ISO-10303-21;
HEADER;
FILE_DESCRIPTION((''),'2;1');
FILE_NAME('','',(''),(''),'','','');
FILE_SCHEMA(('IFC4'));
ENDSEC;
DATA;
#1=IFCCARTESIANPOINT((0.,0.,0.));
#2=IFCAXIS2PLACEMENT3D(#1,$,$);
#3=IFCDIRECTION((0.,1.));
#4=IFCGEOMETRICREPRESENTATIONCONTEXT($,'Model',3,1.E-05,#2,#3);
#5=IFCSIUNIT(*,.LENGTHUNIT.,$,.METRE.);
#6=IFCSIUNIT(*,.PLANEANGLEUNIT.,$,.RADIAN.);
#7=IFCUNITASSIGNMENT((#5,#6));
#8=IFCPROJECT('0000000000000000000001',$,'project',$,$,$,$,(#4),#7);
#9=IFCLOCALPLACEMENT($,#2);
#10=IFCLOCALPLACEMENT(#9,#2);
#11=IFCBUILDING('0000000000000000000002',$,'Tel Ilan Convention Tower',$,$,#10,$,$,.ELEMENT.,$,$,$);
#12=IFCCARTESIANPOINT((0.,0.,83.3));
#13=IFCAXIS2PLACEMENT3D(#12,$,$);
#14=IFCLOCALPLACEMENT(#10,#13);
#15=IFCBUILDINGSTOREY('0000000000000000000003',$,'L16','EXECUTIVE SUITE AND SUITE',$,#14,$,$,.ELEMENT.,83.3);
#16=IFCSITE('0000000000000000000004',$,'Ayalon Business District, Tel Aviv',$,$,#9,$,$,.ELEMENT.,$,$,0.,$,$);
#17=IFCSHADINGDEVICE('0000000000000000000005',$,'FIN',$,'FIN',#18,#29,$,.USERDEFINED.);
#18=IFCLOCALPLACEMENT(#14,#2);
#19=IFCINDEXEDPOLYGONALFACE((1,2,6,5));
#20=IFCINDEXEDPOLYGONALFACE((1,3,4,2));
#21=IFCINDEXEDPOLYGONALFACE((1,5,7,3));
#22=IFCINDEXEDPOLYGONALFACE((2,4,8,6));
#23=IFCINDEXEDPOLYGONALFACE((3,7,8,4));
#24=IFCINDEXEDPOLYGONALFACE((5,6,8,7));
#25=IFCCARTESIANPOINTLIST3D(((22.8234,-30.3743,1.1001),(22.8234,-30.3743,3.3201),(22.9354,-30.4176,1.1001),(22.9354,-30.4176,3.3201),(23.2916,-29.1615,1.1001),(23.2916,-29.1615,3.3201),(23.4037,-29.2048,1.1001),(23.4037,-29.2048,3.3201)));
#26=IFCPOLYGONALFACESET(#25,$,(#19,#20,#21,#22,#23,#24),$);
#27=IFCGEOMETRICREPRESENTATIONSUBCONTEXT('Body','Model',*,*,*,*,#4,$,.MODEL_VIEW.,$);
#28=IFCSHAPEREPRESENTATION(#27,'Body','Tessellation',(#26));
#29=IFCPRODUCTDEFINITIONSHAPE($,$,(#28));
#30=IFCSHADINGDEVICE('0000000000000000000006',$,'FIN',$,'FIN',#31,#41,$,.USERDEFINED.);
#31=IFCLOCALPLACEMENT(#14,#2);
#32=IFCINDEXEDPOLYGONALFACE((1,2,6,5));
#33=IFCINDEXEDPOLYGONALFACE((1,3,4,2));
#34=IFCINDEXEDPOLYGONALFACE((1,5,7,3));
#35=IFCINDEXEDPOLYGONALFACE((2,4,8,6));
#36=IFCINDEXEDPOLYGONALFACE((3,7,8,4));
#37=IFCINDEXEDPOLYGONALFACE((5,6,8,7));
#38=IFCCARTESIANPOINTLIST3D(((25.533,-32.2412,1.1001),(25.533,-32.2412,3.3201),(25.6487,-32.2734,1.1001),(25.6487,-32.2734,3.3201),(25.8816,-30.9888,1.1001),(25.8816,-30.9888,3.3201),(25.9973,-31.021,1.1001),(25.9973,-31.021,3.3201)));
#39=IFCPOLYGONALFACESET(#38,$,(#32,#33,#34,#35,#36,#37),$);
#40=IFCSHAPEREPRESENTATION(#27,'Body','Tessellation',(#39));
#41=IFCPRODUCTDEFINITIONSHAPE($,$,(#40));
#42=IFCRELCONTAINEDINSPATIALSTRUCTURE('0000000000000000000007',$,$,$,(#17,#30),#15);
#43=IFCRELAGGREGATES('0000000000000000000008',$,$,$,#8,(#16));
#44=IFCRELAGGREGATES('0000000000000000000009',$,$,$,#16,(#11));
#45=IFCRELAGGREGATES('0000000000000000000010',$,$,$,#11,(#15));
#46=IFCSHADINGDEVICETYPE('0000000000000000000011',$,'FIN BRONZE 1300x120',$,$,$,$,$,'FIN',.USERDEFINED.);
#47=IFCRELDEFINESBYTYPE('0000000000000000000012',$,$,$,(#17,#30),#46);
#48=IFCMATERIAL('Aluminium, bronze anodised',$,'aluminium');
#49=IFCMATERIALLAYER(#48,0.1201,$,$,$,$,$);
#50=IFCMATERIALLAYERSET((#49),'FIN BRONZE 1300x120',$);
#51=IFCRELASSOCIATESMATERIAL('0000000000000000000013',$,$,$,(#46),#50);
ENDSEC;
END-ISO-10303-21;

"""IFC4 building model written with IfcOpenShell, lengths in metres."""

from ifc_helpers import new_model, si_unit, direction, frame, origin, origin_2d, place, context, subcontext, project, spatial, rectangle, extrude, material, layer, layer_set, type_object, element, save


model = new_model("IFC4")

# Units and contexts
model_context = context("Model", 3, precision=1e-05, world=origin(), true_north=direction((0.0, 1.0)))
body_context = subcontext(model_context, "Body", "Model", "MODEL_VIEW")
ifc_project = project(units=[si_unit("LENGTHUNIT", "METRE"), si_unit("PLANEANGLEUNIT", "RADIAN")], contexts=[model_context])

# Site, building, storey
site_placement = place(None, origin())
site = spatial("IfcSite", under=ifc_project, at=site_placement, Name="Ayalon Business District, Tel Aviv", CompositionType="ELEMENT", RefElevation=0.0)
building_placement = place(site_placement, origin())
building = spatial("IfcBuilding", under=site, at=building_placement, Name="Tel Ilan Convention Tower", CompositionType="ELEMENT")
storey_placement = place(building_placement, frame((0.0, 0.0, 83.3)))
storey = spatial("IfcBuildingStorey", under=building, at=storey_placement, Name="L16", Description="EXECUTIVE SUITE AND SUITE", CompositionType="ELEMENT", Elevation=83.3)

# Shading devices
ifc_material_1 = material(Name="Aluminium, bronze anodised", Category="aluminium")
ifc_layer_1 = layer(ifc_material_1, 0.1201)
ifc_layer_set_1 = layer_set([ifc_layer_1], Name="FIN BRONZE 1300x120")
shading_device_type = type_object("IfcShadingDeviceType", Name="FIN BRONZE 1300x120", ElementType="FIN", PredefinedType="USERDEFINED", material=ifc_layer_set_1)
for number, where, z_axis, x_axis, name in (
    (1, (23.1135, -29.7896, 1.1001), (0.0, 0.0, 1.0), (-0.360178, -0.932884, 0.0), "FIN"),
    (2, (25.7651, -31.6311, 1.1001), (0.0, 0.0, 1.0), (-0.268173, -0.963371, 0.0), "FIN"),
):
    element("IfcShadingDevice", number, at=place(storey_placement, frame(where, z_axis=z_axis, x_axis=x_axis)), inside=storey, type_object=shading_device_type, Name=name, ObjectType="FIN", PredefinedType="USERDEFINED", context=body_context, shape_type="SweptSolid", body=[
        extrude(rectangle(XDim=1.3, YDim=0.1201, at=origin_2d()), origin(), (0.0, 0.0, 1.0), 2.22),
    ])

save(model, "model.ifc")
